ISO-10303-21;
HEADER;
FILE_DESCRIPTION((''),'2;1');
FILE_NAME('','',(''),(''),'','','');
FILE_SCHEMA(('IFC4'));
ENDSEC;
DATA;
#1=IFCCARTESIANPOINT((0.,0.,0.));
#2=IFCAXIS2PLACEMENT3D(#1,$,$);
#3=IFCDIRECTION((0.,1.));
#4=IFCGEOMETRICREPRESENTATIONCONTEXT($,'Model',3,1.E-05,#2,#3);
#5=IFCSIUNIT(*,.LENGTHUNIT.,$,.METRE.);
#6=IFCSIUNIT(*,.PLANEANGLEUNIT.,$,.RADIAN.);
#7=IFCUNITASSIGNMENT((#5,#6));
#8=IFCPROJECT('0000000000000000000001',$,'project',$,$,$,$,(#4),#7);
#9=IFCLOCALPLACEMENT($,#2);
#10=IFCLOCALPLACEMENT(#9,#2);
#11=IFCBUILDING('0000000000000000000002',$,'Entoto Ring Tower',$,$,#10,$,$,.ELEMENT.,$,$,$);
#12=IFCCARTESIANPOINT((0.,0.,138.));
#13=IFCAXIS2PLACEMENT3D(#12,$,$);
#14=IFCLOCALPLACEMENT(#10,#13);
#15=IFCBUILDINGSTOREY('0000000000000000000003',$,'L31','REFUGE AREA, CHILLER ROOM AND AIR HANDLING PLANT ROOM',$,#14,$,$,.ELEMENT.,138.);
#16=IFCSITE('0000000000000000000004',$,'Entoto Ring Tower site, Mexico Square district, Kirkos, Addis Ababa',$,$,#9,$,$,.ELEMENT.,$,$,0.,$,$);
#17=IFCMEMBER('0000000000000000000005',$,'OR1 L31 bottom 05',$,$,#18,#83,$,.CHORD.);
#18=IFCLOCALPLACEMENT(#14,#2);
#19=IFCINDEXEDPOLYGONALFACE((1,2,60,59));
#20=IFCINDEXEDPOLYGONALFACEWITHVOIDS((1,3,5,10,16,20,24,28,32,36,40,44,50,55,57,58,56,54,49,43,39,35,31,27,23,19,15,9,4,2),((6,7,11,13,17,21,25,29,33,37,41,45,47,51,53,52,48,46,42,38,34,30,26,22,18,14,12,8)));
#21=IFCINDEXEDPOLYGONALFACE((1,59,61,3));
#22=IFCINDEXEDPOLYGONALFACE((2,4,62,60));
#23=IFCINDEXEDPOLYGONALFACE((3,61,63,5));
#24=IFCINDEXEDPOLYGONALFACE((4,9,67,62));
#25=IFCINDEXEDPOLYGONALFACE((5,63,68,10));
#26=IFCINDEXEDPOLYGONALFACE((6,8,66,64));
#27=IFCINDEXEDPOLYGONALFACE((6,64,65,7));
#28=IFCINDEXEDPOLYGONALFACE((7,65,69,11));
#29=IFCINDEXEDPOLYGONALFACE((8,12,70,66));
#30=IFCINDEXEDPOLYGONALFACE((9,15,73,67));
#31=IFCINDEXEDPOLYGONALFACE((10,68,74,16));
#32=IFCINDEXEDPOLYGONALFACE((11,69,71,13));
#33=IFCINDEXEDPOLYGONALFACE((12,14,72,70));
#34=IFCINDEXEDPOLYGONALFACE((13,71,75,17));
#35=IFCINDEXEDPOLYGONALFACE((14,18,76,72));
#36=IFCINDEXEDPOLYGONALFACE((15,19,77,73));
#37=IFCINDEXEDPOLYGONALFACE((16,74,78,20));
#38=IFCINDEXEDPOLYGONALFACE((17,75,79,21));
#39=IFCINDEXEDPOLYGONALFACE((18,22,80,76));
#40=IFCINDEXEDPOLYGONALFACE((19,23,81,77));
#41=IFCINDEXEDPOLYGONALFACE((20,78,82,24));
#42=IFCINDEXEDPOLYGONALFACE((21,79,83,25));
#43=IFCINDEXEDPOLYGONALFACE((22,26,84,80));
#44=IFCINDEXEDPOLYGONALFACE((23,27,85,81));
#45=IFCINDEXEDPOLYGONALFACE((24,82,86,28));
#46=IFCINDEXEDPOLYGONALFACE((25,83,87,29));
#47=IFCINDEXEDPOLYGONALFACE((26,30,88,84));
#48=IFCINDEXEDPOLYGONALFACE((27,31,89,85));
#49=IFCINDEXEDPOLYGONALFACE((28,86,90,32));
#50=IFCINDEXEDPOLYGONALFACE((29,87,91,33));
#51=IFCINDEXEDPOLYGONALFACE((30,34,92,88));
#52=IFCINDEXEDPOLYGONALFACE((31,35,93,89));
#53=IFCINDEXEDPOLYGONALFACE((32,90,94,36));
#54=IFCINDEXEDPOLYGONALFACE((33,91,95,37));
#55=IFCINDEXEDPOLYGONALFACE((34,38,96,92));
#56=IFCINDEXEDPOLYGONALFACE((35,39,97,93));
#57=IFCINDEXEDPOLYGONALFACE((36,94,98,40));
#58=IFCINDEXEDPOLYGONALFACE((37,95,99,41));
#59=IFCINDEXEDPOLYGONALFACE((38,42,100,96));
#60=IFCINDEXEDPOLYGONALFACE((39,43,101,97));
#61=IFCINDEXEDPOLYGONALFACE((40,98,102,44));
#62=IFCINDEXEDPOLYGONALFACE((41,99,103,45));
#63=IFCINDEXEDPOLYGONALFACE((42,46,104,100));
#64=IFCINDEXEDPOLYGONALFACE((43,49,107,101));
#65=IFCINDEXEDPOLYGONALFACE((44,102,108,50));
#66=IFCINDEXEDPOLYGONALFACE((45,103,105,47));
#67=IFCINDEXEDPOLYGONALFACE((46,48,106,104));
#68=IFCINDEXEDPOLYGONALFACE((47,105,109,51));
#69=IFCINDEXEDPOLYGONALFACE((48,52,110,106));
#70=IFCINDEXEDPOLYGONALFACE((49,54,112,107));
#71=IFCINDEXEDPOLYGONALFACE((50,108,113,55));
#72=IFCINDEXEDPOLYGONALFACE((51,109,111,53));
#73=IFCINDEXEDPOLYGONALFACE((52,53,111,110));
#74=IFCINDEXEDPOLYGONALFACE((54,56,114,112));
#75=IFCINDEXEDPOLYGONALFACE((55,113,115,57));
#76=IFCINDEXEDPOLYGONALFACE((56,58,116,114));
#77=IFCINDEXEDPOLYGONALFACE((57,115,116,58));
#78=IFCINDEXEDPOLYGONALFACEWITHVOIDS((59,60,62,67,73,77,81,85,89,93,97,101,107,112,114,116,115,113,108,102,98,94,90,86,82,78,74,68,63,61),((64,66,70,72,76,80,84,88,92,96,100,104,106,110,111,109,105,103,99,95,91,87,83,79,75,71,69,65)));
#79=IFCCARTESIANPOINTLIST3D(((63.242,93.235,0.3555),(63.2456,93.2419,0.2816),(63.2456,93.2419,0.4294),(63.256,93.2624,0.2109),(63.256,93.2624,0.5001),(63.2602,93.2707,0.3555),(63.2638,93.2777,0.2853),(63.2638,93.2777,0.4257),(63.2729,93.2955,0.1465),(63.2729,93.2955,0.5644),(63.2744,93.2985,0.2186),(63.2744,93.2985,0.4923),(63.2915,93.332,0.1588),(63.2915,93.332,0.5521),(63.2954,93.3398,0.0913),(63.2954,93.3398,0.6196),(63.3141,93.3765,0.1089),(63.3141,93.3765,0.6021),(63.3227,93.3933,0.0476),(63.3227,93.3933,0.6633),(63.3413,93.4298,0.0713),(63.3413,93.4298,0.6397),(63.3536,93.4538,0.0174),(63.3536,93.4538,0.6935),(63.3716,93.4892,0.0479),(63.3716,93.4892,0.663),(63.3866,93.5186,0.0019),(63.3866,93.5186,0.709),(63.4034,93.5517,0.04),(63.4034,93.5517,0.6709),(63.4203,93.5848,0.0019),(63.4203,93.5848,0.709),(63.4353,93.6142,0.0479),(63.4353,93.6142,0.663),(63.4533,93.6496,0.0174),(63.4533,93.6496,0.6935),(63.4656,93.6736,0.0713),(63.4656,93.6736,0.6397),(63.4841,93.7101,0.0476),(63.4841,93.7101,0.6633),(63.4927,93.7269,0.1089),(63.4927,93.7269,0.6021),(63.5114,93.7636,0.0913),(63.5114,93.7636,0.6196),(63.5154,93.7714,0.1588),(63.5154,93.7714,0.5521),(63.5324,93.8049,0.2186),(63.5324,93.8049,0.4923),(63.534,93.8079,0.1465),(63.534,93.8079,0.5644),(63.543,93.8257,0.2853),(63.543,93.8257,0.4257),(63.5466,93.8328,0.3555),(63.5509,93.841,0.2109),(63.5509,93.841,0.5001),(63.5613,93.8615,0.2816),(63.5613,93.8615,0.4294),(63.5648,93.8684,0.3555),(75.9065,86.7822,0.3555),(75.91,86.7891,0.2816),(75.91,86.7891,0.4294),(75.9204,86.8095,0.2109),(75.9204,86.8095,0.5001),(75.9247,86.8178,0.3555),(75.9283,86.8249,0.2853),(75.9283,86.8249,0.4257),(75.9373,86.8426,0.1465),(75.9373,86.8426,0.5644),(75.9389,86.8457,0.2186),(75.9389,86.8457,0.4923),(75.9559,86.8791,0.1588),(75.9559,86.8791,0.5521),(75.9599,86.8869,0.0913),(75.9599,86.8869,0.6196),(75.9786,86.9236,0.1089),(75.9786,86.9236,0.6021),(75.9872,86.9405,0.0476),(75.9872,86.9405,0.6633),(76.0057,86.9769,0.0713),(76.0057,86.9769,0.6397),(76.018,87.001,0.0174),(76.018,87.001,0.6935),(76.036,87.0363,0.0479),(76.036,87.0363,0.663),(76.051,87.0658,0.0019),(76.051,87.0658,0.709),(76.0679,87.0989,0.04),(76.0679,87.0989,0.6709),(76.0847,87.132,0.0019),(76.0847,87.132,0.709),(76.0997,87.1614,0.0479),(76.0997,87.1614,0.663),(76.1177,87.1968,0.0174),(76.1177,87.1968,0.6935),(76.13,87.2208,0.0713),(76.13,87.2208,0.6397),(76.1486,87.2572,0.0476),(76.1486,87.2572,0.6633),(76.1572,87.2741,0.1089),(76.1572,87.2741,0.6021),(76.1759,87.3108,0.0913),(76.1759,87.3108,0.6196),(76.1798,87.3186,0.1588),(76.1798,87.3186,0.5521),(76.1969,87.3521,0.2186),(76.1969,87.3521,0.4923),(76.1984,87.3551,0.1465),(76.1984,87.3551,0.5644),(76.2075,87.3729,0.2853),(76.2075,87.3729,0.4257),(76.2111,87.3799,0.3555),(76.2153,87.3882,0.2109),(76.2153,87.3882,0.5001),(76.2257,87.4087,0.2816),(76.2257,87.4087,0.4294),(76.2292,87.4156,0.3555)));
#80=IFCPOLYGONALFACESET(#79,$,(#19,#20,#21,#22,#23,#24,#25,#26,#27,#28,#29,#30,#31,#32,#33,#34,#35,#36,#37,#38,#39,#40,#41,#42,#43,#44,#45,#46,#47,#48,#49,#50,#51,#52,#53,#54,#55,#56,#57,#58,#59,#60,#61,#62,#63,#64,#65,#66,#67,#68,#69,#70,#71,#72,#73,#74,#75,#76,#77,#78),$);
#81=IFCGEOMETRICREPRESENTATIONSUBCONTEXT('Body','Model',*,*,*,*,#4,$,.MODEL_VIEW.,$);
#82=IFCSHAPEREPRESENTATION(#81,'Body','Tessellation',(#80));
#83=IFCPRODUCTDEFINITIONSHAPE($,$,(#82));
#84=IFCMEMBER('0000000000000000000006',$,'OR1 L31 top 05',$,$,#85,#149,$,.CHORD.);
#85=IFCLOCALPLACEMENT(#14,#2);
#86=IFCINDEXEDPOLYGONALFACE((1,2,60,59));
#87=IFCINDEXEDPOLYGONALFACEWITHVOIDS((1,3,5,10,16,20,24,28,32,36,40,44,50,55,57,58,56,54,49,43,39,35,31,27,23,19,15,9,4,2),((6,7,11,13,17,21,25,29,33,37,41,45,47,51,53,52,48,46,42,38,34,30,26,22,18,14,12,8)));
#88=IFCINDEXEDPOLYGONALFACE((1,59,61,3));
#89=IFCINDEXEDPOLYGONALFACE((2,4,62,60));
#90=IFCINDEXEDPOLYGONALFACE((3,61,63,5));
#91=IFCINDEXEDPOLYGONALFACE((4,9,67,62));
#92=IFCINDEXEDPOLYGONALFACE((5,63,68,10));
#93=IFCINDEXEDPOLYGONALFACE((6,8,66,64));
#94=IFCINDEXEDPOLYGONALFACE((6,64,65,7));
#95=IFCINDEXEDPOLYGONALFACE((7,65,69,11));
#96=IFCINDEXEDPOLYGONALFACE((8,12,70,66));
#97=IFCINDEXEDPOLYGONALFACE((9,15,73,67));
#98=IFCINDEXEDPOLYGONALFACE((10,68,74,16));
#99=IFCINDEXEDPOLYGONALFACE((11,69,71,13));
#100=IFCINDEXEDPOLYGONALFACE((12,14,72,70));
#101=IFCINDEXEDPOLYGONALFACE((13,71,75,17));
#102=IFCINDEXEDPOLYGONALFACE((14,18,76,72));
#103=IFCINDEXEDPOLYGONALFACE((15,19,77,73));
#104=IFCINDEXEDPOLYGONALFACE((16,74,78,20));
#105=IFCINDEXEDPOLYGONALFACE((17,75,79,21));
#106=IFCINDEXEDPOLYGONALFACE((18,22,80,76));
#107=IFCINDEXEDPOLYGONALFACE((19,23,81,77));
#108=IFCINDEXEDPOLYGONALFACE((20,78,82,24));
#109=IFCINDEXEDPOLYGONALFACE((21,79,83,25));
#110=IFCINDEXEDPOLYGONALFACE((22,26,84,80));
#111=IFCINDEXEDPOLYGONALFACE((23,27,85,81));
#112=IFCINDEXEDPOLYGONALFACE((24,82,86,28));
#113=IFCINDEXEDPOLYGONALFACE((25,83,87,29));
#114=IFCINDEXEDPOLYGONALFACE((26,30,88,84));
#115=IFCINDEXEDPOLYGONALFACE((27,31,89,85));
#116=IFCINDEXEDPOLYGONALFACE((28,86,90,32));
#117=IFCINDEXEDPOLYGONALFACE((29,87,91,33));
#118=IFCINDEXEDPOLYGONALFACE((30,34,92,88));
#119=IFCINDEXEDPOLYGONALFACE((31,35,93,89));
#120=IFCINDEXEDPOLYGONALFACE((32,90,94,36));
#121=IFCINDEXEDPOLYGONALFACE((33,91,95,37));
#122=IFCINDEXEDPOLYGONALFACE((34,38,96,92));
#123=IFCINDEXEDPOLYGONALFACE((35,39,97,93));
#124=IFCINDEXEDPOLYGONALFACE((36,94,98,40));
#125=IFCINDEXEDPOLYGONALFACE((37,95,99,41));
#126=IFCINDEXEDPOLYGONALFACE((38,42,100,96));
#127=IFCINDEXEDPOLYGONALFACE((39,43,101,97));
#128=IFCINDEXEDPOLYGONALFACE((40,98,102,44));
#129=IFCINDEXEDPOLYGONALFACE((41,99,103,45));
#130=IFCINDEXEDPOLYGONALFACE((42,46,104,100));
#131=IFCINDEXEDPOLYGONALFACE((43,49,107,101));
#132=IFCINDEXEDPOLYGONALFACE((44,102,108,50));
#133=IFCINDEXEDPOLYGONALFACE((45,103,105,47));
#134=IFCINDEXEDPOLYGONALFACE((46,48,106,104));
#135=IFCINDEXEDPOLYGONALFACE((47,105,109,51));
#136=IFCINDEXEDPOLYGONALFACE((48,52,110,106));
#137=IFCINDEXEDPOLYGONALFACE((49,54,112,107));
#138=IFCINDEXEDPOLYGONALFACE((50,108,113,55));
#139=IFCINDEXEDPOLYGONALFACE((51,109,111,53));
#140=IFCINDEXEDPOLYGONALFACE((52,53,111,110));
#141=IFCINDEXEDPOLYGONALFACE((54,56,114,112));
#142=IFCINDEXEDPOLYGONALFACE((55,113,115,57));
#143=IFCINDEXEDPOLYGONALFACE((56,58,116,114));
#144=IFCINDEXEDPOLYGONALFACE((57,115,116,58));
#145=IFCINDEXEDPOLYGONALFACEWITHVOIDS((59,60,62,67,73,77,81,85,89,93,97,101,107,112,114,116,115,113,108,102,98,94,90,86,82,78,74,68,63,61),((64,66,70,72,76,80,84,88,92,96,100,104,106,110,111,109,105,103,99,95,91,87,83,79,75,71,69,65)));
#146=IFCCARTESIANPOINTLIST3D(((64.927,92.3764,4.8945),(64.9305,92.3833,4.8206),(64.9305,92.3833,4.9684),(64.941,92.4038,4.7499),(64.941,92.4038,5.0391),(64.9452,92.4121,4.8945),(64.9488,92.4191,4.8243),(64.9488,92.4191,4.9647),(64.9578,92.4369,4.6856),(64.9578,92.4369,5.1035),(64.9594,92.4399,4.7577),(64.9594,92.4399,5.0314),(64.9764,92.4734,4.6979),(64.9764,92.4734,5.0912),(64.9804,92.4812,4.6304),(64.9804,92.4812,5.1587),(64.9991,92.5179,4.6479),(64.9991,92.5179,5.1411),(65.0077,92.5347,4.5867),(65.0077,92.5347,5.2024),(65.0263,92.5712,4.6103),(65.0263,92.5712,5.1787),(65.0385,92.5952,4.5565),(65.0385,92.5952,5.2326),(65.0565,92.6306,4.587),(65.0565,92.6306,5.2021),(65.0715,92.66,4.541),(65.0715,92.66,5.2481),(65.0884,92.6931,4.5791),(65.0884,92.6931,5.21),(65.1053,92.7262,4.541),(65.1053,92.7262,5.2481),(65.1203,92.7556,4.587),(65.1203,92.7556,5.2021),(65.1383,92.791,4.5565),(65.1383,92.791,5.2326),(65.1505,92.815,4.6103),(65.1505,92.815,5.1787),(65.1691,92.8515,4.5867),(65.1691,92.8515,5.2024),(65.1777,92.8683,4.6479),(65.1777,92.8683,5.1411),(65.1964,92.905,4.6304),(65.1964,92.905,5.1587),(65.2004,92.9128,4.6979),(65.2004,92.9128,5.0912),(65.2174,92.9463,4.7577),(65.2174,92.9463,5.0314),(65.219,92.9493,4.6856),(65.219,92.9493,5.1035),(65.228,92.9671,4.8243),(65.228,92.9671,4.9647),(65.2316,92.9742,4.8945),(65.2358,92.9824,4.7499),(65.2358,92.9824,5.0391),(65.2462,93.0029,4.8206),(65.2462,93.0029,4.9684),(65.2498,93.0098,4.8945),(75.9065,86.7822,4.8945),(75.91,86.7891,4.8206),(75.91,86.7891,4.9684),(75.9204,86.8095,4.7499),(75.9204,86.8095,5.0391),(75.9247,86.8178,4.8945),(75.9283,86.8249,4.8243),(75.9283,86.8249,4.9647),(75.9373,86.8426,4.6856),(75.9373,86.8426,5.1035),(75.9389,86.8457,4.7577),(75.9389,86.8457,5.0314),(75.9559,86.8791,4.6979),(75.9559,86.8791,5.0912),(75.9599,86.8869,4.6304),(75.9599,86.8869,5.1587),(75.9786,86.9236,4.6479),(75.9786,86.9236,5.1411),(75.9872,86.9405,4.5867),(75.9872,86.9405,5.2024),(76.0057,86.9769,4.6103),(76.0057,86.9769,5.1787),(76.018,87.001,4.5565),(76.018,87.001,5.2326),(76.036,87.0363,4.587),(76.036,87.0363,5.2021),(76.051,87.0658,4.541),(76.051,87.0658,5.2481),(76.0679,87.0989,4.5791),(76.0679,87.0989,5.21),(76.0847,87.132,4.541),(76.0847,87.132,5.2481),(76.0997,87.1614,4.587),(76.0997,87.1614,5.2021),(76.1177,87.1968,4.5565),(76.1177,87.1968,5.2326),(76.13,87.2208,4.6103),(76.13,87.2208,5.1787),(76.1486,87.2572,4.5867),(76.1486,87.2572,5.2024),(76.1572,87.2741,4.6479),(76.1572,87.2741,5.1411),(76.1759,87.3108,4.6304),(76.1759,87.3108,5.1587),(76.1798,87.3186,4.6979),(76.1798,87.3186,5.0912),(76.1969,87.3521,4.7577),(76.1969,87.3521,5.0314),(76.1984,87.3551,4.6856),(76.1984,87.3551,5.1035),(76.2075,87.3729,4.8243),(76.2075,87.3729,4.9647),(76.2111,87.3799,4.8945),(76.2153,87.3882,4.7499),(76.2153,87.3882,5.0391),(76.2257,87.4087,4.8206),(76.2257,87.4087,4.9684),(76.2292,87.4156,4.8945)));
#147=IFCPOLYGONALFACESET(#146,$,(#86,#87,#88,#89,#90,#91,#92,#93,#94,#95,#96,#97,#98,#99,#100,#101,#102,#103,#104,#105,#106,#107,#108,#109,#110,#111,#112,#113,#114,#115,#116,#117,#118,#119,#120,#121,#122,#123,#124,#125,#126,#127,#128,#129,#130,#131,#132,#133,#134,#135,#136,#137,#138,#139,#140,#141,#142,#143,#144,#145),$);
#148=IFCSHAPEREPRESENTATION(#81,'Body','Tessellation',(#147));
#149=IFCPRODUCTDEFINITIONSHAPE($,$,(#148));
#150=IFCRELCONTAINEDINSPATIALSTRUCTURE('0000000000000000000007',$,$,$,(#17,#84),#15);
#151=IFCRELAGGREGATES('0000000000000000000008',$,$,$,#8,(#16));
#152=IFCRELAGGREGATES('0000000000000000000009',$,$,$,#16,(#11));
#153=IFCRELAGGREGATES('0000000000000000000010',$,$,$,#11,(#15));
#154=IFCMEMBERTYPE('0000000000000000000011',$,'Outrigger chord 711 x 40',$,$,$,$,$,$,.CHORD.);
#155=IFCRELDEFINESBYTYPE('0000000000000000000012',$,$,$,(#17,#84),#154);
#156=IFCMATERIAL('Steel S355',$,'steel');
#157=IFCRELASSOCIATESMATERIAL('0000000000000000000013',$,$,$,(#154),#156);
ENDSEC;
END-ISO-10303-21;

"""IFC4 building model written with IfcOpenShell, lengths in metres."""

from ifc_helpers import new_model, si_unit, direction, frame, origin, origin_2d, place, context, subcontext, project, spatial, circle, hollow_circle, extrude, material, material_profile, profile_set, type_object, element, save


model = new_model("IFC4")

# Units and contexts
model_context = context("Model", 3, precision=1e-05, world=origin(), true_north=direction((0.0, 1.0)))
body_context = subcontext(model_context, "Body", "Model", "MODEL_VIEW")
ifc_project = project(units=[si_unit("LENGTHUNIT", "METRE"), si_unit("PLANEANGLEUNIT", "RADIAN")], contexts=[model_context])

# Site, building, storey
site_placement = place(None, origin())
site = spatial("IfcSite", under=ifc_project, at=site_placement, Name="Entoto Ring Tower site, Mexico Square district, Kirkos, Addis Ababa", CompositionType="ELEMENT", RefElevation=0.0)
building_placement = place(site_placement, origin())
building = spatial("IfcBuilding", under=site, at=building_placement, Name="Entoto Ring Tower", CompositionType="ELEMENT")
storey_placement = place(building_placement, frame((0.0, 0.0, 138.0)))
storey = spatial("IfcBuildingStorey", under=building, at=storey_placement, Name="L31", Description="REFUGE AREA, CHILLER ROOM AND AIR HANDLING PLANT ROOM", CompositionType="ELEMENT", Elevation=138.0)

# Members
ifc_material_1 = material(Name="Steel S355", Category="steel")
ifc_material_profile_1 = material_profile(ifc_material_1, hollow_circle(Radius=0.3555, WallThickness=0.04, at=origin_2d()), Name="CHS 711 x 40")
ifc_material_2 = material(Name="Concrete C60/75", Category="concrete")
ifc_material_profile_2 = material_profile(ifc_material_2, circle(Radius=0.3154, at=origin_2d()), Name="Concrete C60/75 infill")
ifc_profile_set_1 = profile_set([ifc_material_profile_1, ifc_material_profile_2], Name="Steel S355")
member_type_1 = type_object("IfcMemberType", Name="Outrigger chord 711 x 40", PredefinedType="CHORD", material=ifc_profile_set_1)
member_1_placement = place(storey_placement, frame((76.0679, 87.0989, 0.3555), z_axis=(-0.891007, 0.453989, 0.0), x_axis=(-0.453989, -0.891007, 0.0)))
element("IfcMember", 1, at=member_1_placement, inside=storey, type_object=member_type_1, Name="OR1 L31 bottom 05", PredefinedType="CHORD", context=body_context, shape_type="SweptSolid", body=[
    extrude(hollow_circle(Radius=0.3555, WallThickness=0.04, at=origin_2d()), origin(), (0.0, 0.0, 1.0), 14.2136),
])
member_2_placement = place(storey_placement, frame((76.0679, 87.0989, 4.8945), z_axis=(-0.89101, 0.453985, 0.0), x_axis=(-0.453985, -0.89101, 0.0)))
element("IfcMember", 2, at=member_2_placement, inside=storey, type_object=member_type_1, Name="OR1 L31 top 05", PredefinedType="CHORD", context=body_context, shape_type="SweptSolid", body=[
    extrude(hollow_circle(Radius=0.3555, WallThickness=0.04, at=origin_2d()), origin(), (0.0, 0.0, 1.0), 12.3225),
])

save(model, "model.ifc")
